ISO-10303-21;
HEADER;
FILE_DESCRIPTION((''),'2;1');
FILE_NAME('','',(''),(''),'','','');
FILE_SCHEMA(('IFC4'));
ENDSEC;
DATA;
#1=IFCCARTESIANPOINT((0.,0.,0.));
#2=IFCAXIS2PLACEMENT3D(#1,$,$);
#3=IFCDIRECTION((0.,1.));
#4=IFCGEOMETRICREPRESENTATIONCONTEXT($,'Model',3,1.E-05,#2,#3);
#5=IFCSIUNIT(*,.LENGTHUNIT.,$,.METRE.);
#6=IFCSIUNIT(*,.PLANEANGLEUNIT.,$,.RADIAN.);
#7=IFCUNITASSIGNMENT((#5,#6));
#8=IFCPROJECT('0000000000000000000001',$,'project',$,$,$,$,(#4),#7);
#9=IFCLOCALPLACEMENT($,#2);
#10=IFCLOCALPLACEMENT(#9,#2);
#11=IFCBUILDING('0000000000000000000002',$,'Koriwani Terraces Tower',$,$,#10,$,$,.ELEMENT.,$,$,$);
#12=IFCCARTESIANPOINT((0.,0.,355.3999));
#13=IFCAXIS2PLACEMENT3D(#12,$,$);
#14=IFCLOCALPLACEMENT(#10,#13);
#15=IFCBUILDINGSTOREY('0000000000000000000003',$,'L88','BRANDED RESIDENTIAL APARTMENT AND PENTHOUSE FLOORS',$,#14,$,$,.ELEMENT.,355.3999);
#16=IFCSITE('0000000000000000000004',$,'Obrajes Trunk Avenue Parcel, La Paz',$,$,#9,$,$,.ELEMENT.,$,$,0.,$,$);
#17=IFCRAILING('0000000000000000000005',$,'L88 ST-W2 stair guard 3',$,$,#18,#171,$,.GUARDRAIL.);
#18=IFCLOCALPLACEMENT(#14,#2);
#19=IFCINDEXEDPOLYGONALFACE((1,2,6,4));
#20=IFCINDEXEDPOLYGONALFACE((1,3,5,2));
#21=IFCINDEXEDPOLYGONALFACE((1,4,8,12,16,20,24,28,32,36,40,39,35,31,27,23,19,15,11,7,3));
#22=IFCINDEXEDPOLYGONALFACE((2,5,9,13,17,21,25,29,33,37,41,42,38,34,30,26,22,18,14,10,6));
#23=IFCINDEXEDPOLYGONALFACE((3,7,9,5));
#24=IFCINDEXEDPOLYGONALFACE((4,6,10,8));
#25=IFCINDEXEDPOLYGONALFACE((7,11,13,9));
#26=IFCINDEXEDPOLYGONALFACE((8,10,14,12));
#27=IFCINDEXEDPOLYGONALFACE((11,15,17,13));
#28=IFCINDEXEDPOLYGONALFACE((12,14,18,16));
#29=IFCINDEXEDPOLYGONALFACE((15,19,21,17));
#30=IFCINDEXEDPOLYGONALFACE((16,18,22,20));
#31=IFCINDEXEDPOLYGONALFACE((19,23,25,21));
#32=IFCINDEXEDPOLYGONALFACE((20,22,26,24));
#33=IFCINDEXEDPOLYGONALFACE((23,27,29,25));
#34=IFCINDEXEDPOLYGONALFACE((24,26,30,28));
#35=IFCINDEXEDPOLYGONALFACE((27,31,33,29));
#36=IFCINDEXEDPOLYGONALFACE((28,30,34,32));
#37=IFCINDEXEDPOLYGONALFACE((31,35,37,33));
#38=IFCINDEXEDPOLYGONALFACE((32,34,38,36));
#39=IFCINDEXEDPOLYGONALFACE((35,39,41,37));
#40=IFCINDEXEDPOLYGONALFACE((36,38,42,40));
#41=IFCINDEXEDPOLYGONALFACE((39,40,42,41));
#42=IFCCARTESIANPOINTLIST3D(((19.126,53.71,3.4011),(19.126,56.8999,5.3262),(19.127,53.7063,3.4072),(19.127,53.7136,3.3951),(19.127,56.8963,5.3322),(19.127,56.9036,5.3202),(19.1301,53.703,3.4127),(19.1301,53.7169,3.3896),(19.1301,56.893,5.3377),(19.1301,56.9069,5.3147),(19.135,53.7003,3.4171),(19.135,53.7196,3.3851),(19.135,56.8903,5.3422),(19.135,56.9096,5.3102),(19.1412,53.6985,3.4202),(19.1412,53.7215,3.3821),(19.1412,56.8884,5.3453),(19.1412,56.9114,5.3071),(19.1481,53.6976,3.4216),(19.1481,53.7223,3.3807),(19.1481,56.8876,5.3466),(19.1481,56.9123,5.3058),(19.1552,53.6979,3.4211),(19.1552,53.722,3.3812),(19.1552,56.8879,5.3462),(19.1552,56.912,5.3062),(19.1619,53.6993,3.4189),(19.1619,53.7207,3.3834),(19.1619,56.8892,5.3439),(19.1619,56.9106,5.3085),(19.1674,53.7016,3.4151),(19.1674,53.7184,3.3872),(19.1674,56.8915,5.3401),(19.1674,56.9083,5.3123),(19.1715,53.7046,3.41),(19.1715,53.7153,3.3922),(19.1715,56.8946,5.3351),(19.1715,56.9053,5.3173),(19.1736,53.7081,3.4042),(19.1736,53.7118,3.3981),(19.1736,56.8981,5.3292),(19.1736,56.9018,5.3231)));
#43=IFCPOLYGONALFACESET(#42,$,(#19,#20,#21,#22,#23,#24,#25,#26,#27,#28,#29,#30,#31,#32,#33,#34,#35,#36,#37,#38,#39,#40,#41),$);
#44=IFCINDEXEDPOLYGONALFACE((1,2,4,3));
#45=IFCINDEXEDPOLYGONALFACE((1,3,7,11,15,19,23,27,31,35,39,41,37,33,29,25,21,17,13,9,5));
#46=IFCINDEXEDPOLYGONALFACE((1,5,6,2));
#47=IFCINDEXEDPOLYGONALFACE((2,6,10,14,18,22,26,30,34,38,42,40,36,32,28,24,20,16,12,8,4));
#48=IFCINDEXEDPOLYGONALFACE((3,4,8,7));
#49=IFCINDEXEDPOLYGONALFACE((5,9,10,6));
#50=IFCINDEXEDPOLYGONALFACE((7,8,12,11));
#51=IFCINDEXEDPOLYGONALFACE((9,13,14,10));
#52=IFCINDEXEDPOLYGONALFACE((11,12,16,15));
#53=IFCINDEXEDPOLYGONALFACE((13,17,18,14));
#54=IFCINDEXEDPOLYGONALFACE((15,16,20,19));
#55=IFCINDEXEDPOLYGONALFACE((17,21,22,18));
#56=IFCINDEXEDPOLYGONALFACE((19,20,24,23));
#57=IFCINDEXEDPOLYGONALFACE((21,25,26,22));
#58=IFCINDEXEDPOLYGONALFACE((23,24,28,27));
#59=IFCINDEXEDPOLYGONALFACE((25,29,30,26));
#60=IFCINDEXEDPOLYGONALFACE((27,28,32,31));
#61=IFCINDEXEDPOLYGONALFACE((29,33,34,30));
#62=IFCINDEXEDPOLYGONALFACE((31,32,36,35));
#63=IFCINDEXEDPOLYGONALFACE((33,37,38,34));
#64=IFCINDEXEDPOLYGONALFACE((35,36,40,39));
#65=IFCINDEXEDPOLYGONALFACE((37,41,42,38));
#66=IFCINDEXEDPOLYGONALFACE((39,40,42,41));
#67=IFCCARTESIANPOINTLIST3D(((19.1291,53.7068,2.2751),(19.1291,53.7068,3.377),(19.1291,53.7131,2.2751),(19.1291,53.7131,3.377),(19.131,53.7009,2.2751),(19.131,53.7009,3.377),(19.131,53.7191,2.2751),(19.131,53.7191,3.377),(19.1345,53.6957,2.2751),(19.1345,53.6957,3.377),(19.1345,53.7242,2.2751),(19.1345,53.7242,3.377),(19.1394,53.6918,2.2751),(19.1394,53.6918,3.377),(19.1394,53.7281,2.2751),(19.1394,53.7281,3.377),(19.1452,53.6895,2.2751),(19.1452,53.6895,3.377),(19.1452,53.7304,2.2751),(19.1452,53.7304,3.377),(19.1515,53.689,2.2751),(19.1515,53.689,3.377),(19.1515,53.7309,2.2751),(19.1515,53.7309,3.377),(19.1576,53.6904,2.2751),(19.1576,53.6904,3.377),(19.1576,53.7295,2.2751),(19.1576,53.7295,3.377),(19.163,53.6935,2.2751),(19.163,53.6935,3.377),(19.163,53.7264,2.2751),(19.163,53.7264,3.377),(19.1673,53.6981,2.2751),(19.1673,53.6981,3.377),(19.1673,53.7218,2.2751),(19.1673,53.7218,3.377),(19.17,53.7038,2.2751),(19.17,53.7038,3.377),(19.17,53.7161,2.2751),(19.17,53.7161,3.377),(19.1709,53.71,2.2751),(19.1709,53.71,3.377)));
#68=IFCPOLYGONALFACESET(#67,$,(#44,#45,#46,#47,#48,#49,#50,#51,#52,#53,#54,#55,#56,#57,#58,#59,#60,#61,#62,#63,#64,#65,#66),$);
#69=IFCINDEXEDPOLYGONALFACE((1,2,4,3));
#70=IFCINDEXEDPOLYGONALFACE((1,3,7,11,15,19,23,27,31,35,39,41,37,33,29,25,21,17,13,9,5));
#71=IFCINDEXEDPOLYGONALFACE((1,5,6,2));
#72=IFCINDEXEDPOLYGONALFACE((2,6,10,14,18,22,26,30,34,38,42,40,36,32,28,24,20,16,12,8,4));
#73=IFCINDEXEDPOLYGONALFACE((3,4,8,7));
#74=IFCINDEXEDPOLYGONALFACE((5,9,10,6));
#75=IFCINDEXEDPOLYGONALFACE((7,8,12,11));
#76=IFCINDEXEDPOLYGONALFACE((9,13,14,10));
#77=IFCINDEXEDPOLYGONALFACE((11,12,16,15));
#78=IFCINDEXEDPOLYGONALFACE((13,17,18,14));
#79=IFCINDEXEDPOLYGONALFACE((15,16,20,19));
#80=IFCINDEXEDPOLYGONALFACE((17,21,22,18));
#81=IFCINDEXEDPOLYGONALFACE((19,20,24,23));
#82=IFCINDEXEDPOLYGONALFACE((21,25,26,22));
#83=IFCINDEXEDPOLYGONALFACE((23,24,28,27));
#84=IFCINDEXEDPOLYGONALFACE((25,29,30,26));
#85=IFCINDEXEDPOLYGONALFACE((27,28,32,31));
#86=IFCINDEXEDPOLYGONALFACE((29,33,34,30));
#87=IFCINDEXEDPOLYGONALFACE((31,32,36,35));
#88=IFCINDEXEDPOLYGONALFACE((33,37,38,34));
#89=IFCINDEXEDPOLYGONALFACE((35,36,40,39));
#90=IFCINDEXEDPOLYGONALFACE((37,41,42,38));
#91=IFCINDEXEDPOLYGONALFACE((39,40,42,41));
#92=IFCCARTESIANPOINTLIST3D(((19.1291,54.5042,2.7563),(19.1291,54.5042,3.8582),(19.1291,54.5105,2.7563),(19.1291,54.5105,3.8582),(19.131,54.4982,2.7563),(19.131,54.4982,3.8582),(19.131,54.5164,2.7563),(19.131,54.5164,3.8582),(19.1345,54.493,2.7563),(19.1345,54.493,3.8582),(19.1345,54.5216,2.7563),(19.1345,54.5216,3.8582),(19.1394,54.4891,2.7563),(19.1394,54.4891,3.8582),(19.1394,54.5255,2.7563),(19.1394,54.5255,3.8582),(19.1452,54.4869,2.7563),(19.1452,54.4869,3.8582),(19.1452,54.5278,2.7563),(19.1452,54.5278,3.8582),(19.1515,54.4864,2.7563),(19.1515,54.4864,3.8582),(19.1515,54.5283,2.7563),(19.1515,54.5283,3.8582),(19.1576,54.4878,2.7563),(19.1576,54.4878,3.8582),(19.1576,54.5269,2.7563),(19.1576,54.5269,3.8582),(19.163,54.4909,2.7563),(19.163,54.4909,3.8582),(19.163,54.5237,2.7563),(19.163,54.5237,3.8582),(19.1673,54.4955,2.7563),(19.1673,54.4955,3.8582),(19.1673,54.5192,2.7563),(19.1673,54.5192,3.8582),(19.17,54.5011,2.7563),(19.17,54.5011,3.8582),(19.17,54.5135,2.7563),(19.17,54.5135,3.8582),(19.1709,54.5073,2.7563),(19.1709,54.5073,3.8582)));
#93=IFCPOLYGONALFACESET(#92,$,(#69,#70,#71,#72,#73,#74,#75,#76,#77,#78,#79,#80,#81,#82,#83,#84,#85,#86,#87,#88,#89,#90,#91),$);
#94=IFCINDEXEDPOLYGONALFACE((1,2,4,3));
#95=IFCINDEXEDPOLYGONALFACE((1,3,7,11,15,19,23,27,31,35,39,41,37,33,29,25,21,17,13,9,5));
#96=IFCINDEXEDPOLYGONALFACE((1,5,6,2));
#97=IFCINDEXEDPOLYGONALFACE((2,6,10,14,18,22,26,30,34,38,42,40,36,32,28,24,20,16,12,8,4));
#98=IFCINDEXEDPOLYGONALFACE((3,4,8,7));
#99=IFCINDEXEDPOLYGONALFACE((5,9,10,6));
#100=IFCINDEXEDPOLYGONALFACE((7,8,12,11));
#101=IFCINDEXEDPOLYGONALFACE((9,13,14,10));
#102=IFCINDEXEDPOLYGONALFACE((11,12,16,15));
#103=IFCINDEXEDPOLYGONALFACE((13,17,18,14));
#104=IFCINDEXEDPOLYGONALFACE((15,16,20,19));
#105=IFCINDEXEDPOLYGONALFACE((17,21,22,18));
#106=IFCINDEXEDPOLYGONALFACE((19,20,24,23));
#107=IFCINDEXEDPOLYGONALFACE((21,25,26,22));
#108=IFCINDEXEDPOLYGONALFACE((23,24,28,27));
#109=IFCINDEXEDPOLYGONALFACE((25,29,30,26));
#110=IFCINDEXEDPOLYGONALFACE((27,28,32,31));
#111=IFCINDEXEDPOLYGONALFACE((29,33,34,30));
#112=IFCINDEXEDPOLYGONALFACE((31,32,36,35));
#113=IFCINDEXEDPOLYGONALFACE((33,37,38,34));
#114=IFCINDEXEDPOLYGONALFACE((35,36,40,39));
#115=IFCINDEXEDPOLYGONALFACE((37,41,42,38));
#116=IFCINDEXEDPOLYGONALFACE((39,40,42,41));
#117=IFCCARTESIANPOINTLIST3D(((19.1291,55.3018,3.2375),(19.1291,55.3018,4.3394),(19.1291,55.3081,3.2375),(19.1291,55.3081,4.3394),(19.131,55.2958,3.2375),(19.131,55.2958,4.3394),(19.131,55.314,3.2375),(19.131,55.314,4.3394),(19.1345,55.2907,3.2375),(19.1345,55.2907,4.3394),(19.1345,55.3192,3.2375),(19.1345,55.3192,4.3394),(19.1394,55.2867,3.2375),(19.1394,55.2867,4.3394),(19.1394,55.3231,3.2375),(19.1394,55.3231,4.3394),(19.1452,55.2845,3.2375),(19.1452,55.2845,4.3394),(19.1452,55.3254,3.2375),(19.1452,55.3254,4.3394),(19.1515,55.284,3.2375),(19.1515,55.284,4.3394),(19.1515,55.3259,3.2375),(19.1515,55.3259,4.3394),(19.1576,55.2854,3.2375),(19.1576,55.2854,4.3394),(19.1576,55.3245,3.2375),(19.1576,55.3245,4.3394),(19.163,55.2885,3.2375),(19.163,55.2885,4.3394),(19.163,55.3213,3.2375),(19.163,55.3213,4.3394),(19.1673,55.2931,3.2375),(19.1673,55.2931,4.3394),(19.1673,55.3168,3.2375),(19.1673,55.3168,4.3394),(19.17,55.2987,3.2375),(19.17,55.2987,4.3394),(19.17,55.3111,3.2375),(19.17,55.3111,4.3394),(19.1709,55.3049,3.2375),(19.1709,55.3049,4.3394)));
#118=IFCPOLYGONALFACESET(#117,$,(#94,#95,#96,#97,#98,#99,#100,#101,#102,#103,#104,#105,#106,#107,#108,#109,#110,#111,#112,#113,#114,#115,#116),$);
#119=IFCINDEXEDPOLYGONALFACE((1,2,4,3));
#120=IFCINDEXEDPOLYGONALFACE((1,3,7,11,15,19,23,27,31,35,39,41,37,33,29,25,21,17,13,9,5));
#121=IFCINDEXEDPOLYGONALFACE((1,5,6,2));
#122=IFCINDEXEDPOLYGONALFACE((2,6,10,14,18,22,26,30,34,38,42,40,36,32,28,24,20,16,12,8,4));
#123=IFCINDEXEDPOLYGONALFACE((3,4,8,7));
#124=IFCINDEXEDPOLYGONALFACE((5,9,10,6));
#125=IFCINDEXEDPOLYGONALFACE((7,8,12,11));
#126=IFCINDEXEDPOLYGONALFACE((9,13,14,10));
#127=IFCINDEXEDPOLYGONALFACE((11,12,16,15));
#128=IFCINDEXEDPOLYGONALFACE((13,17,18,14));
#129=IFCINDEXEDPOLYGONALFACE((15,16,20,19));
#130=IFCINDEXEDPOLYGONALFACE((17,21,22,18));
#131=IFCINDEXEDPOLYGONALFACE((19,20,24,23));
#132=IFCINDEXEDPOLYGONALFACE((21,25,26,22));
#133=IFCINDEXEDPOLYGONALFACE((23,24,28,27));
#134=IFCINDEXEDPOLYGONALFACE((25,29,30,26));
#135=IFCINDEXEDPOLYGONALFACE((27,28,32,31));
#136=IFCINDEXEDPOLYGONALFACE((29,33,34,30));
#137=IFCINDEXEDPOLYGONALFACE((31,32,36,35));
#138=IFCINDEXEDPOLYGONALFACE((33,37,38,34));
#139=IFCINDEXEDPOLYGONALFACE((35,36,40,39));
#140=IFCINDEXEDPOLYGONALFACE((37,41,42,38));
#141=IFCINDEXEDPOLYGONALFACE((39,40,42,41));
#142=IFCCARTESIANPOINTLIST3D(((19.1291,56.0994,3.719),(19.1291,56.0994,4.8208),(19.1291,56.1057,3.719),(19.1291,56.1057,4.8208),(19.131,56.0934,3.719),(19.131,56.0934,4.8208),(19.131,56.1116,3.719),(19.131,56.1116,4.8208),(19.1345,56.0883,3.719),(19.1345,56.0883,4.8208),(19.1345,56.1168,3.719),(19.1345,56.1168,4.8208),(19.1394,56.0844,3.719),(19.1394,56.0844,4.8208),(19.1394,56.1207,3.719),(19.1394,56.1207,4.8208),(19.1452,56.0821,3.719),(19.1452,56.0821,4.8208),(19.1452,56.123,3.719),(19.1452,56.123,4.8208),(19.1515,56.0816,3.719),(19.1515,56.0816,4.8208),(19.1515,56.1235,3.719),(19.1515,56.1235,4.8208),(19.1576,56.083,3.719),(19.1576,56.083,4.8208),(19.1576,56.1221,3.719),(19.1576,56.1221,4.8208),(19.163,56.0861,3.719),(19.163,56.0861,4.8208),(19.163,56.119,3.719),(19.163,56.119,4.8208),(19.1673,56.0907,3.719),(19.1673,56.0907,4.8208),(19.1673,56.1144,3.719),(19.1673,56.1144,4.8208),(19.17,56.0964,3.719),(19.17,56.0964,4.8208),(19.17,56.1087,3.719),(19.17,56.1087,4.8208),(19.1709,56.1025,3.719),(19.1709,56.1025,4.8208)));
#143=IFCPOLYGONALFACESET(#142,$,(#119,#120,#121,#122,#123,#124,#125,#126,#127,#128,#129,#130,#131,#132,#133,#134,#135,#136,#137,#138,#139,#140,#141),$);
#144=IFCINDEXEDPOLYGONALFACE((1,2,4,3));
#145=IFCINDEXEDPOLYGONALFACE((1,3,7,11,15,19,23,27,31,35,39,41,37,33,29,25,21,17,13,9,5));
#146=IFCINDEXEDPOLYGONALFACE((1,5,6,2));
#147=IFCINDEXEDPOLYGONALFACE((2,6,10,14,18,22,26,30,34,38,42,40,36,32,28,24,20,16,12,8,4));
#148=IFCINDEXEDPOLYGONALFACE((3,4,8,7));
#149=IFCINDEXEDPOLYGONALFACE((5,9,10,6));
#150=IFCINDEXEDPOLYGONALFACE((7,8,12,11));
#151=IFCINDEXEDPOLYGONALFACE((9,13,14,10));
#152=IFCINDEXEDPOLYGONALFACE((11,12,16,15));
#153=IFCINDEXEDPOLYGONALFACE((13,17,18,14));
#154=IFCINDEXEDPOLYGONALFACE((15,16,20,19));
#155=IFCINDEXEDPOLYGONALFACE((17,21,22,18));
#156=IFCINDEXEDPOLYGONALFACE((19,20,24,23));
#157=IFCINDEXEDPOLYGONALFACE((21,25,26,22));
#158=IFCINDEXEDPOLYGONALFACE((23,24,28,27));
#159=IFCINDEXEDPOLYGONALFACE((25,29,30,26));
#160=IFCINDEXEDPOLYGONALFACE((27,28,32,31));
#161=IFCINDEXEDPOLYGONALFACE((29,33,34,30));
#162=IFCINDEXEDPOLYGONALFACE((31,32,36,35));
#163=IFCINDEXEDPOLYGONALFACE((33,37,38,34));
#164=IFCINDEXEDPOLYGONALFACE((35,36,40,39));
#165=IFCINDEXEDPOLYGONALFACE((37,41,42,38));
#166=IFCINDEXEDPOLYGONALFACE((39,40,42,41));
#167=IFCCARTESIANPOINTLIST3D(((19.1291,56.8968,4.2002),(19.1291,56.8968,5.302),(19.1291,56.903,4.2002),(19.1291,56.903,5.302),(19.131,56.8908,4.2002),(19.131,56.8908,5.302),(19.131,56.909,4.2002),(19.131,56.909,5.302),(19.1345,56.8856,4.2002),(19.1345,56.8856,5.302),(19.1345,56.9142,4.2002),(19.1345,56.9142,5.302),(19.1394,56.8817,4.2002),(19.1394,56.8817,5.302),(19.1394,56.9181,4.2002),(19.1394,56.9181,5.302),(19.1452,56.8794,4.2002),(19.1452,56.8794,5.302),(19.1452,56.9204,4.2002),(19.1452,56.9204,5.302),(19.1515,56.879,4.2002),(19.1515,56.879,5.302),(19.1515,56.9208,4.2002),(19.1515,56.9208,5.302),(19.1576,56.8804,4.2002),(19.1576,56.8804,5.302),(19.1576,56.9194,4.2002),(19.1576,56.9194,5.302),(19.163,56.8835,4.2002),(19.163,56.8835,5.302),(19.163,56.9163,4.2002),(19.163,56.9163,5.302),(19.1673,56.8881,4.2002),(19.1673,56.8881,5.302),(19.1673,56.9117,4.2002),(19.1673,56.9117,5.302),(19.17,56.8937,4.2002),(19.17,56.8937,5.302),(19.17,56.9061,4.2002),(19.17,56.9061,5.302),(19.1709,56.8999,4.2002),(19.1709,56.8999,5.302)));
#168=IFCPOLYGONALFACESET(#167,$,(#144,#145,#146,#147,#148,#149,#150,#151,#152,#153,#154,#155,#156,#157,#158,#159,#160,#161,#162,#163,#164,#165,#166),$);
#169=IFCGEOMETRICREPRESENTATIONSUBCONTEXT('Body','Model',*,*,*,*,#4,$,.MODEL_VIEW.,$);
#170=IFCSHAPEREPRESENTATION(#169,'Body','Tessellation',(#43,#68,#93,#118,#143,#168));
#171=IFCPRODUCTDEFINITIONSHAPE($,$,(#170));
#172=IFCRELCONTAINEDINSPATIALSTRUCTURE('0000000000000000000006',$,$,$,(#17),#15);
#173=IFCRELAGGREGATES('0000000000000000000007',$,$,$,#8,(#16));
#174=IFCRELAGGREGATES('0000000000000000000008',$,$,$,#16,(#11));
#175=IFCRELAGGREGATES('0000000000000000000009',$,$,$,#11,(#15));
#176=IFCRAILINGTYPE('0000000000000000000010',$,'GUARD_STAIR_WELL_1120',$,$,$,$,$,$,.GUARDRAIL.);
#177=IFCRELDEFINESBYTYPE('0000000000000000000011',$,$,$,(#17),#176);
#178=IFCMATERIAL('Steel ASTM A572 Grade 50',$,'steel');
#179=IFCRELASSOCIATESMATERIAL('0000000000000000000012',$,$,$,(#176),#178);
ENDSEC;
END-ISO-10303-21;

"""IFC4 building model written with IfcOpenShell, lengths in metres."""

from ifc_helpers import new_model, si_unit, direction, frame, origin, origin_2d, place, context, subcontext, project, spatial, circle, extrude, material, type_object, element, save


model = new_model("IFC4")

# Units and contexts
model_context = context("Model", 3, precision=1e-05, world=origin(), true_north=direction((0.0, 1.0)))
body_context = subcontext(model_context, "Body", "Model", "MODEL_VIEW")
ifc_project = project(units=[si_unit("LENGTHUNIT", "METRE"), si_unit("PLANEANGLEUNIT", "RADIAN")], contexts=[model_context])

# Site, building, storey
site_placement = place(None, origin())
site = spatial("IfcSite", under=ifc_project, at=site_placement, Name="Obrajes Trunk Avenue Parcel, La Paz", CompositionType="ELEMENT", RefElevation=0.0)
building_placement = place(site_placement, origin())
building = spatial("IfcBuilding", under=site, at=building_placement, Name="Koriwani Terraces Tower", CompositionType="ELEMENT")
storey_placement = place(building_placement, frame((0.0, 0.0, 355.3999)))
storey = spatial("IfcBuildingStorey", under=building, at=storey_placement, Name="L88", Description="BRANDED RESIDENTIAL APARTMENT AND PENTHOUSE FLOORS", CompositionType="ELEMENT", Elevation=355.3999)

# Shared definitions
ifc_material_1 = material(Name="Steel ASTM A572 Grade 50", Category="steel")

# Railing
railing_type_1 = type_object("IfcRailingType", Name="GUARD_STAIR_WELL_1120", PredefinedType="GUARDRAIL", material=ifc_material_1)
railing_1_placement = place(storey_placement, frame((19.1499, 53.71, 2.2751)))
element("IfcRailing", 1, at=railing_1_placement, inside=storey, type_object=railing_type_1, Name="L88 ST-W2 stair guard 3", PredefinedType="GUARDRAIL", context=body_context, shape_type="SweptSolid", body=[
    extrude(circle(Radius=0.0239, at=origin_2d()), frame((0.0, 0.0, 1.126), z_axis=(0.0, 0.856178, 0.516682), x_axis=(-1.0, 0.0, 0.0)), (0.0, 0.0, 1.0), 3.7258),
    extrude(circle(Radius=0.021, at=origin_2d()), origin(), (0.0, 0.0, 1.0), 1.1018),
    extrude(circle(Radius=0.021, at=origin_2d()), frame((0.0, 0.7974, 0.4812)), (0.0, 0.0, 1.0), 1.1018),
    extrude(circle(Radius=0.021, at=origin_2d()), frame((0.0, 1.595, 0.9624)), (0.0, 0.0, 1.0), 1.1018),
    extrude(circle(Radius=0.021, at=origin_2d()), frame((0.0, 2.3926, 1.4438)), (0.0, 0.0, 1.0), 1.1018),
    extrude(circle(Radius=0.021, at=origin_2d()), frame((0.0, 3.1899, 1.925)), (0.0, 0.0, 1.0), 1.1018),
])

save(model, "model.ifc")
